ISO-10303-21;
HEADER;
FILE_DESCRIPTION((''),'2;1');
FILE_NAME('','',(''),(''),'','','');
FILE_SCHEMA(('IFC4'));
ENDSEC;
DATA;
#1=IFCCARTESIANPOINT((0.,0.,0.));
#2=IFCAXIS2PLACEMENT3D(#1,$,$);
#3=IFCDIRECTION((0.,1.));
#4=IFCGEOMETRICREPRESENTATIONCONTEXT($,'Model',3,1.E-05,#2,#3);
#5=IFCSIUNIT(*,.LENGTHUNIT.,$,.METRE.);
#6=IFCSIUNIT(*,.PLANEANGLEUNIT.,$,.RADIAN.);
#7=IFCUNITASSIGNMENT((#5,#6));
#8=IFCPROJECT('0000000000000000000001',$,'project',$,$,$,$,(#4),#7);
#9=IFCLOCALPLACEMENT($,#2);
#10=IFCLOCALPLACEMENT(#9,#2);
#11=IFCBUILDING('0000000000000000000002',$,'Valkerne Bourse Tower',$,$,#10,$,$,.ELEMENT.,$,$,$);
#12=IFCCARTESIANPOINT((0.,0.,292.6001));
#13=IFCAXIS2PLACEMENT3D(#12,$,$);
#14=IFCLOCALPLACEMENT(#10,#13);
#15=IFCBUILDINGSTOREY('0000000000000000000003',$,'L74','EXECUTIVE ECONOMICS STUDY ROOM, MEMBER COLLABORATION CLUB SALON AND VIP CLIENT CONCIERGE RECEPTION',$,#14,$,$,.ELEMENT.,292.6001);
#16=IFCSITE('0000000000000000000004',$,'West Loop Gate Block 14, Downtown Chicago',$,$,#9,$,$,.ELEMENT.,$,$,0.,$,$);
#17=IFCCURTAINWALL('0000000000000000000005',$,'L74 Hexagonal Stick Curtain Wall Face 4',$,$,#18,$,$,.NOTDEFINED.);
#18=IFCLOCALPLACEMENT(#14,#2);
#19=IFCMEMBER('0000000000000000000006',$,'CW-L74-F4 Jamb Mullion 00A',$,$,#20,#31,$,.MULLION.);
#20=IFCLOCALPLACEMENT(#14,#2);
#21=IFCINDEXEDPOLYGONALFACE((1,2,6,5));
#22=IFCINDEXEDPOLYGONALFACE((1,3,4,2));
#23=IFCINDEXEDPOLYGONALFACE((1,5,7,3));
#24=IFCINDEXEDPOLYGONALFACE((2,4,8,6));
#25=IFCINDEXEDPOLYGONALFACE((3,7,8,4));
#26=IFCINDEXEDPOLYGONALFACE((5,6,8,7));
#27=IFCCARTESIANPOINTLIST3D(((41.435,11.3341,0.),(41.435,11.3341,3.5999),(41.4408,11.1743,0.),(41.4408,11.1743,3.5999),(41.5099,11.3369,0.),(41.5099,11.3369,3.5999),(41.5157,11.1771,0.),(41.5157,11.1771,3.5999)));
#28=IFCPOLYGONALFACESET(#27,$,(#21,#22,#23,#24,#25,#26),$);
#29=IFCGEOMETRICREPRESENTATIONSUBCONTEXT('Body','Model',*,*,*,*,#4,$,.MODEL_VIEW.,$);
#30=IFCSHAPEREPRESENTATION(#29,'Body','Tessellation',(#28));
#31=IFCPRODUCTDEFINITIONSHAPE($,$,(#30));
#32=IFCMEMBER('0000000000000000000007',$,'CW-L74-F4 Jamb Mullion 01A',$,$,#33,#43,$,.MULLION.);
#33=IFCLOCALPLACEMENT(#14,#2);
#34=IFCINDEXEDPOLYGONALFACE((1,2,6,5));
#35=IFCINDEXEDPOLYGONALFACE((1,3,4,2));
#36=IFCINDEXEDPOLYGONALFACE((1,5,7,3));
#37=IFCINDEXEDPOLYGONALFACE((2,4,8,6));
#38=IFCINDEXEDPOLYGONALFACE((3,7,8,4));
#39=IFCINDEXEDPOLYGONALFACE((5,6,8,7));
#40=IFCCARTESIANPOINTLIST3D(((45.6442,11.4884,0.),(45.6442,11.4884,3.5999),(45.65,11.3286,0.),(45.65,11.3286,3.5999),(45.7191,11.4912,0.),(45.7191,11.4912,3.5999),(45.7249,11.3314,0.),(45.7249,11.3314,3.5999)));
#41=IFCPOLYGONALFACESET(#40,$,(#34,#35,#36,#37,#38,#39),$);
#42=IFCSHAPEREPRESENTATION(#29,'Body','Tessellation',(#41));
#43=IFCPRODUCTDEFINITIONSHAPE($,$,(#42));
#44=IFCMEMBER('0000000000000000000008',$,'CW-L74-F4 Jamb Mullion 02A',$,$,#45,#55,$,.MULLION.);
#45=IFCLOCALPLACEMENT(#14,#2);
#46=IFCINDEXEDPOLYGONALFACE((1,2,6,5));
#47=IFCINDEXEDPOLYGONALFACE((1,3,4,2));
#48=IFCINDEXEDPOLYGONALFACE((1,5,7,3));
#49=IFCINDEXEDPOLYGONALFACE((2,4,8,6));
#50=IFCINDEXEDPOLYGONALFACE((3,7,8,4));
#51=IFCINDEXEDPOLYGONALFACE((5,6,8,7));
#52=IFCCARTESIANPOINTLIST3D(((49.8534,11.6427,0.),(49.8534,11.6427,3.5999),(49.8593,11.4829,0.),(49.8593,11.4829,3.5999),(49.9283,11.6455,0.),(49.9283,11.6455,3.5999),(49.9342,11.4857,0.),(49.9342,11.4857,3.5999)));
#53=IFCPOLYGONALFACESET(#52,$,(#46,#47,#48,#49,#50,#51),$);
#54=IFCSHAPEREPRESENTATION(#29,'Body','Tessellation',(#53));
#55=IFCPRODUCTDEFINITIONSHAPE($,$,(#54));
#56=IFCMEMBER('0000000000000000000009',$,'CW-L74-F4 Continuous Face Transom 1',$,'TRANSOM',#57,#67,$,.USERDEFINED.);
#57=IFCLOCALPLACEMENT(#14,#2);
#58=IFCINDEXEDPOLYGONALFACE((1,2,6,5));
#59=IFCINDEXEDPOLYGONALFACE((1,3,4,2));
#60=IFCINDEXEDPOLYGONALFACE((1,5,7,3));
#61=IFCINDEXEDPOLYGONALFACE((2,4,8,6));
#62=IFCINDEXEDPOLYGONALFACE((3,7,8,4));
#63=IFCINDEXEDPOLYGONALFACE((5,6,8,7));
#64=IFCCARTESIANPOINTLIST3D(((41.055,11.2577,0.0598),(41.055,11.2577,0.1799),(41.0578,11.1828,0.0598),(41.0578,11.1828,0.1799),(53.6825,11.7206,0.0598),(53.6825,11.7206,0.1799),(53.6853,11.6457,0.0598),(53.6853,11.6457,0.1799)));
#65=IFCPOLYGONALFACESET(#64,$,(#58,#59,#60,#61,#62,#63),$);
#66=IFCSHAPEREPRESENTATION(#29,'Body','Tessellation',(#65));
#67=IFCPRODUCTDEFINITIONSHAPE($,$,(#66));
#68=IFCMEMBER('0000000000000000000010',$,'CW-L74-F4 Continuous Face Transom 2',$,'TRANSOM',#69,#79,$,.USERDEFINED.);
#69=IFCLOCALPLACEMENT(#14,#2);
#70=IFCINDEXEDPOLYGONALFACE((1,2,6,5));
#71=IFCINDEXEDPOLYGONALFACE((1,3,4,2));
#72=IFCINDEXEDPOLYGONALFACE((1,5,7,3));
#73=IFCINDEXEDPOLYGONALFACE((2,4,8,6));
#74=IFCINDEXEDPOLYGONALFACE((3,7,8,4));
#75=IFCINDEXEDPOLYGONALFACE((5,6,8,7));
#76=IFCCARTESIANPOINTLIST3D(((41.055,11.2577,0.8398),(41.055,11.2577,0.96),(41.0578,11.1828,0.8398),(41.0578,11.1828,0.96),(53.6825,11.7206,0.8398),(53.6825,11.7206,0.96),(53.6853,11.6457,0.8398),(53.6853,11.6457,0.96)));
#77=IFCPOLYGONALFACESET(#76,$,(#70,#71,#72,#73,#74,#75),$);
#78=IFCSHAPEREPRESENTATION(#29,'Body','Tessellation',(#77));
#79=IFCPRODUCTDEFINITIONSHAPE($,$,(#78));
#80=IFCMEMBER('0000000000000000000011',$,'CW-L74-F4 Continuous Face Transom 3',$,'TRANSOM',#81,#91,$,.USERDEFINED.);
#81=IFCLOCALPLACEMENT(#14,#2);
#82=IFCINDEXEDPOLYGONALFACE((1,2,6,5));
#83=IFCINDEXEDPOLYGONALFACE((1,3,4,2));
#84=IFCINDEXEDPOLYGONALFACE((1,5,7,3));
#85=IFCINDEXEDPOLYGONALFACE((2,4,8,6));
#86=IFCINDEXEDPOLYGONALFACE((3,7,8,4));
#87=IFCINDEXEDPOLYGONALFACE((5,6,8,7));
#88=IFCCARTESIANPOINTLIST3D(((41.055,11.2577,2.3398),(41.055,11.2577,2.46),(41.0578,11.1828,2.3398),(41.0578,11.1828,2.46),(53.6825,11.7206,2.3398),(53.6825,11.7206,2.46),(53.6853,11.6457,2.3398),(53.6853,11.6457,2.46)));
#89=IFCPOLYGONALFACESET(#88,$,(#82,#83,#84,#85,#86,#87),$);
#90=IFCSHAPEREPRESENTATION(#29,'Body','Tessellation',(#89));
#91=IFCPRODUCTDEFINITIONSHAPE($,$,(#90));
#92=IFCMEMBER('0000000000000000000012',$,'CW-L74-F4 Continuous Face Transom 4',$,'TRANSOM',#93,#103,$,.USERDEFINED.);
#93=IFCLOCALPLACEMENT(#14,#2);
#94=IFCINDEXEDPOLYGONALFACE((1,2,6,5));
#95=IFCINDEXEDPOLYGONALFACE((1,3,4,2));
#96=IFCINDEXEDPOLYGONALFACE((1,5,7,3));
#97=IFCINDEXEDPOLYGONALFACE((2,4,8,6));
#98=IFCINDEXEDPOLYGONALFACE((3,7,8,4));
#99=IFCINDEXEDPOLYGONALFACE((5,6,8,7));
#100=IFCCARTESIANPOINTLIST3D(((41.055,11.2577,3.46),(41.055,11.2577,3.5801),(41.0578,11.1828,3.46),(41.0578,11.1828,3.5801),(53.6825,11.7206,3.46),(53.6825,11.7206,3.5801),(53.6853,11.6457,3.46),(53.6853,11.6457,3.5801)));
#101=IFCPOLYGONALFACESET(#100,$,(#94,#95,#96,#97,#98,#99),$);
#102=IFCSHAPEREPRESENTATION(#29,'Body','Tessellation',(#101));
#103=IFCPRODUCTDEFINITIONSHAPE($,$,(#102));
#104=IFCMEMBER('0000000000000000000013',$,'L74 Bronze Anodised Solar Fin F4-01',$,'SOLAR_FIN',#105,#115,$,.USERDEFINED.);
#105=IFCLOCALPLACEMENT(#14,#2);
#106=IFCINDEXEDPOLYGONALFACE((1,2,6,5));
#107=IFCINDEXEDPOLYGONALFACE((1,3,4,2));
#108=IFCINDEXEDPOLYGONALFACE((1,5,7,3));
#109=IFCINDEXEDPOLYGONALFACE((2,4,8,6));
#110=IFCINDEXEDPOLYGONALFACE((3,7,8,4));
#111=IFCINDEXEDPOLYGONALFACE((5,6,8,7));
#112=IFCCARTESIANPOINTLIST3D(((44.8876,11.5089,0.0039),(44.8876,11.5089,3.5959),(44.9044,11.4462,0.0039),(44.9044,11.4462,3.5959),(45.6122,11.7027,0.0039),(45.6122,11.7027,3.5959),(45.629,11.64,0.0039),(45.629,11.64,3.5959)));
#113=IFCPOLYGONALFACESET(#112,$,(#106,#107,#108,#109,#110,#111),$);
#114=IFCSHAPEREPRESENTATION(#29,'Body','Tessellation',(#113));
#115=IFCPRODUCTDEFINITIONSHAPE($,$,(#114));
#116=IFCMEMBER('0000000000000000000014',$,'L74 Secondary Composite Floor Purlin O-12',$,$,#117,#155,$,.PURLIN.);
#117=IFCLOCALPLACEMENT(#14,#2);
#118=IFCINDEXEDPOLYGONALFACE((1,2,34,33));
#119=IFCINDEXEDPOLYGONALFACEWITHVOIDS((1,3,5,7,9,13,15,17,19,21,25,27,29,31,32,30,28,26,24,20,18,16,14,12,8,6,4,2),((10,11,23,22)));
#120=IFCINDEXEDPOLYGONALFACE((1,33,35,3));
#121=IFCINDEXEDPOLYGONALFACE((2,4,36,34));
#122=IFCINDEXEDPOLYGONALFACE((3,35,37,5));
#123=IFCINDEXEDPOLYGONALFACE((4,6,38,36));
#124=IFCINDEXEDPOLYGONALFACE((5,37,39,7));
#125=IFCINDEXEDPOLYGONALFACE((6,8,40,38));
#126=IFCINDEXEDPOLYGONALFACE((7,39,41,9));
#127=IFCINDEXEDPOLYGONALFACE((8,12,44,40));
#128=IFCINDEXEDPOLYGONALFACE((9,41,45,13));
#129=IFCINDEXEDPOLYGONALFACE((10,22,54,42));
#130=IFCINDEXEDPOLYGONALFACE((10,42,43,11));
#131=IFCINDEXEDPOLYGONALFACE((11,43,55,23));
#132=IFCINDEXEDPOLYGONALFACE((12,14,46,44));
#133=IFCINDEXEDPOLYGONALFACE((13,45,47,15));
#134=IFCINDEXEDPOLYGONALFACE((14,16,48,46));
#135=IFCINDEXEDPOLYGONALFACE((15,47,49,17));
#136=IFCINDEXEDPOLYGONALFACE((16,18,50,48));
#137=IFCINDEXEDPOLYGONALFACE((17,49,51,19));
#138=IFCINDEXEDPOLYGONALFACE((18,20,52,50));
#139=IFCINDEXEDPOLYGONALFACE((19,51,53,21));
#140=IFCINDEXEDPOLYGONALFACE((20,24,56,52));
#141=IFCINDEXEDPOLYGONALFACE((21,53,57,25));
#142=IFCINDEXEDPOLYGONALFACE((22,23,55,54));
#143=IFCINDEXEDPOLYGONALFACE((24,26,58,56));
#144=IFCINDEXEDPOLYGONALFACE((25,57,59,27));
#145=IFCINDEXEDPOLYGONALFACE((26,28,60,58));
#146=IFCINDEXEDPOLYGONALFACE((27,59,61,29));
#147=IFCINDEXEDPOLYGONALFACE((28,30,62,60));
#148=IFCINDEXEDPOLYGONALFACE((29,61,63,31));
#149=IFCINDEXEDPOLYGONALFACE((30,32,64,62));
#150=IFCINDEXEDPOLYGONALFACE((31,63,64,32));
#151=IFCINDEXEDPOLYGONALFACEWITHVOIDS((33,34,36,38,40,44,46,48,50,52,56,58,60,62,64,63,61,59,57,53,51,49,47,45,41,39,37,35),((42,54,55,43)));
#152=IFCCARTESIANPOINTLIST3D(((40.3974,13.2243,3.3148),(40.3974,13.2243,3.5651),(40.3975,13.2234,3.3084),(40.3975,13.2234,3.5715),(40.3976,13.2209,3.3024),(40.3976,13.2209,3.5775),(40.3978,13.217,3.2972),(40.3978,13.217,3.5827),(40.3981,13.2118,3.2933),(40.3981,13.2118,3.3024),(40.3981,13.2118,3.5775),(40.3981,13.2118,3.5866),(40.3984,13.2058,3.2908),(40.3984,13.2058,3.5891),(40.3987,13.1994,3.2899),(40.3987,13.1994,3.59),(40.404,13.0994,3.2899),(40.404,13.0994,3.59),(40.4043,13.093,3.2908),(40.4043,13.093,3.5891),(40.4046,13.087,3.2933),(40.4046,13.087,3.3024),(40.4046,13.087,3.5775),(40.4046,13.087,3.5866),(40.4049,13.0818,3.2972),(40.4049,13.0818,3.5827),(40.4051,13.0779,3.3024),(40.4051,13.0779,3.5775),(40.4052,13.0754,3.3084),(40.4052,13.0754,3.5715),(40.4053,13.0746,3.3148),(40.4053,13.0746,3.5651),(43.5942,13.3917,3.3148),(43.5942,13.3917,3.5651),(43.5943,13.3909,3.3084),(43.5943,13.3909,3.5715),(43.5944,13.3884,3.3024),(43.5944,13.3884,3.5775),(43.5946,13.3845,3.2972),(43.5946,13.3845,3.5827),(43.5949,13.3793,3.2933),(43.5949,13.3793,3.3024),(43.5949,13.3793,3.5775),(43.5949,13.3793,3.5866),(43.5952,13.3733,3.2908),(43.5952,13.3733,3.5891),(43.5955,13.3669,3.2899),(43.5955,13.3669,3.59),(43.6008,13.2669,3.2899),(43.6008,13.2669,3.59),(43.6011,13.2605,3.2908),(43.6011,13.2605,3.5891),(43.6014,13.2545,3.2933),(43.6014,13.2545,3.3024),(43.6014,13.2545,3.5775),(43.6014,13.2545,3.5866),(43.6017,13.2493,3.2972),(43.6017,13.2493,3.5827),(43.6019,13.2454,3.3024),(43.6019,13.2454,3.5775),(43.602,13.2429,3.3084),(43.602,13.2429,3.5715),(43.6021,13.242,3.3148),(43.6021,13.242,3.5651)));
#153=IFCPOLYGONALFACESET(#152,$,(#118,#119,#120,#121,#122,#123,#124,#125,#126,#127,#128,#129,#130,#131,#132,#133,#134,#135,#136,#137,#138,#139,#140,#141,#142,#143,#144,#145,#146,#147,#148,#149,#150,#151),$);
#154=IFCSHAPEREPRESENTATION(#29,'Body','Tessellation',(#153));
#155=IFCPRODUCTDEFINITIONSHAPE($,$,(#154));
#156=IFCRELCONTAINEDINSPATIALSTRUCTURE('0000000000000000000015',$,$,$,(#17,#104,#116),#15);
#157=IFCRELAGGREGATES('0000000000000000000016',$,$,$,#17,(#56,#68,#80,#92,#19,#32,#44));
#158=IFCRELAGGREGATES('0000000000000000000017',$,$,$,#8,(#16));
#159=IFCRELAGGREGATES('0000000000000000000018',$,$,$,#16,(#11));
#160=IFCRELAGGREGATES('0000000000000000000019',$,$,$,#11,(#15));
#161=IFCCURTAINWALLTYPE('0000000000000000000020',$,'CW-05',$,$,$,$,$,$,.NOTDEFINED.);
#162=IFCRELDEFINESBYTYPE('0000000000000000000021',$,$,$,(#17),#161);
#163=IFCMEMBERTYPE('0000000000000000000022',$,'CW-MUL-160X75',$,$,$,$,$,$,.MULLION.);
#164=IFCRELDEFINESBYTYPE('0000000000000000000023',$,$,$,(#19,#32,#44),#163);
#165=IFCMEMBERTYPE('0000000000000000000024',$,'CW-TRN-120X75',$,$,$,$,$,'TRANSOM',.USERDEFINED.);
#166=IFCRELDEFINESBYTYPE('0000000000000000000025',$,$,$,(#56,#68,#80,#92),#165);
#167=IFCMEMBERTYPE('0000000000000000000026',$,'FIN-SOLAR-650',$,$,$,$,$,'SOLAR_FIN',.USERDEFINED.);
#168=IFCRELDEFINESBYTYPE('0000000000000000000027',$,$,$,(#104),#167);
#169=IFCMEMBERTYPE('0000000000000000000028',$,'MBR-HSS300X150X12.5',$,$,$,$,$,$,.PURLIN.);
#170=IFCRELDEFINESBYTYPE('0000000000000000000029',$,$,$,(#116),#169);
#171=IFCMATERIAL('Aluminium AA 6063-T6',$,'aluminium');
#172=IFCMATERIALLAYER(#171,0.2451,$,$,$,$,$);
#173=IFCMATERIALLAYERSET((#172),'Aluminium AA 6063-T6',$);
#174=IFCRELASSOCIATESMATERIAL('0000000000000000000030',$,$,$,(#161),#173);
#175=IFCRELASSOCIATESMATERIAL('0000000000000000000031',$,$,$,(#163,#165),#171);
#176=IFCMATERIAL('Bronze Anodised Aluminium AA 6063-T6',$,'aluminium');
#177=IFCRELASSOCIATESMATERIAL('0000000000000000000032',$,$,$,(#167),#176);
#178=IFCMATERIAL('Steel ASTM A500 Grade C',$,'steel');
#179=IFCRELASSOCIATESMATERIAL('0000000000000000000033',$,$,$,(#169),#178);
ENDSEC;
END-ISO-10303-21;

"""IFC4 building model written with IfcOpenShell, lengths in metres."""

from ifc_helpers import new_model, si_unit, direction, frame, origin, origin_2d, place, context, subcontext, project, spatial, rectangle, hollow_rectangle, extrude, material, layer, layer_set, material_profile, profile_set, type_object, element, aggregate, save


model = new_model("IFC4")

# Units and contexts
model_context = context("Model", 3, precision=1e-05, world=origin(), true_north=direction((0.0, 1.0)))
body_context = subcontext(model_context, "Body", "Model", "MODEL_VIEW")
ifc_project = project(units=[si_unit("LENGTHUNIT", "METRE"), si_unit("PLANEANGLEUNIT", "RADIAN")], contexts=[model_context])

# Site, building, storey
site_placement = place(None, origin())
site = spatial("IfcSite", under=ifc_project, at=site_placement, Name="West Loop Gate Block 14, Downtown Chicago", CompositionType="ELEMENT", RefElevation=0.0)
building_placement = place(site_placement, origin())
building = spatial("IfcBuilding", under=site, at=building_placement, Name="Valkerne Bourse Tower", CompositionType="ELEMENT")
storey_placement = place(building_placement, frame((0.0, 0.0, 292.6001)))
storey = spatial("IfcBuildingStorey", under=building, at=storey_placement, Name="L74", Description="EXECUTIVE ECONOMICS STUDY ROOM, MEMBER COLLABORATION CLUB SALON AND VIP CLIENT CONCIERGE RECEPTION", CompositionType="ELEMENT", Elevation=292.6001)

# Curtain wall, members
ifc_material_1 = material(Name="Aluminium AA 6063-T6", Category="aluminium")
ifc_layer_1 = layer(ifc_material_1, 0.2451)
ifc_layer_set_1 = layer_set([ifc_layer_1], Name="Aluminium AA 6063-T6")
curtain_wall_type = type_object("IfcCurtainWallType", Name="CW-05", PredefinedType="NOTDEFINED", material=ifc_layer_set_1)
curtain_wall_placement = place(storey_placement, origin())
curtain_wall = element("IfcCurtainWall", 1, at=curtain_wall_placement, inside=storey, type_object=curtain_wall_type, Name="L74 Hexagonal Stick Curtain Wall Face 4", PredefinedType="NOTDEFINED")
ifc_material_profile_1 = material_profile(ifc_material_1, rectangle(XDim=0.075, YDim=0.1599, at=origin_2d()), Name="CWM-75X160")
ifc_profile_set_1 = profile_set([ifc_material_profile_1], Name="Aluminium AA 6063-T6")
member_type_1 = type_object("IfcMemberType", Name="CW-MUL-160X75", PredefinedType="MULLION", material=ifc_profile_set_1)
member_1_placement = place(storey_placement, frame((41.4753, 11.2556, 0.0), z_axis=(0.0, 0.0, 1.0), x_axis=(0.999328, 0.036657, 0.0)))
member_1 = element("IfcMember", 2, at=member_1_placement, type_object=member_type_1, Name="CW-L74-F4 Jamb Mullion 00A", PredefinedType="MULLION", context=body_context, shape_type="SweptSolid", body=[
    extrude(rectangle(XDim=0.075, YDim=0.1599, at=origin_2d()), origin(), (0.0, 0.0, 1.0), 3.5999),
])
member_2_placement = place(storey_placement, frame((45.6846, 11.4099, 0.0), z_axis=(0.0, 0.0, 1.0), x_axis=(0.999329, 0.036634, 0.0)))
member_2 = element("IfcMember", 3, at=member_2_placement, type_object=member_type_1, Name="CW-L74-F4 Jamb Mullion 01A", PredefinedType="MULLION", context=body_context, shape_type="SweptSolid", body=[
    extrude(rectangle(XDim=0.075, YDim=0.1599, at=origin_2d()), origin(), (0.0, 0.0, 1.0), 3.5999),
])
member_3_placement = place(storey_placement, frame((49.8938, 11.5642, 0.0), z_axis=(0.0, 0.0, 1.0), x_axis=(0.999328, 0.036657, 0.0)))
member_3 = element("IfcMember", 4, at=member_3_placement, type_object=member_type_1, Name="CW-L74-F4 Jamb Mullion 02A", PredefinedType="MULLION", context=body_context, shape_type="SweptSolid", body=[
    extrude(rectangle(XDim=0.075, YDim=0.1599, at=origin_2d()), origin(), (0.0, 0.0, 1.0), 3.5999),
])
ifc_material_profile_2 = material_profile(ifc_material_1, rectangle(XDim=0.075, YDim=0.1201, at=origin_2d()), Name="CWT-75X120")
ifc_profile_set_2 = profile_set([ifc_material_profile_2], Name="Aluminium AA 6063-T6")
member_type_2 = type_object("IfcMemberType", Name="CW-TRN-120X75", ElementType="TRANSOM", PredefinedType="USERDEFINED", material=ifc_profile_set_2)
member_4_placement = place(storey_placement, frame((41.0564, 11.2202, 0.1199), z_axis=(0.999329, 0.036633, 0.0), x_axis=(-0.036633, 0.999329, 0.0)))
member_4 = element("IfcMember", 5, at=member_4_placement, type_object=member_type_2, Name="CW-L74-F4 Continuous Face Transom 1", ObjectType="TRANSOM", PredefinedType="USERDEFINED", context=body_context, shape_type="SweptSolid", body=[
    extrude(rectangle(XDim=0.075, YDim=0.1201, at=origin_2d()), origin(), (0.0, 0.0, 1.0), 12.636),
])
member_5_placement = place(storey_placement, frame((41.0564, 11.2202, 0.8999), z_axis=(0.999329, 0.036633, 0.0), x_axis=(-0.036633, 0.999329, 0.0)))
member_5 = element("IfcMember", 6, at=member_5_placement, type_object=member_type_2, Name="CW-L74-F4 Continuous Face Transom 2", ObjectType="TRANSOM", PredefinedType="USERDEFINED", context=body_context, shape_type="SweptSolid", body=[
    extrude(rectangle(XDim=0.075, YDim=0.1201, at=origin_2d()), origin(), (0.0, 0.0, 1.0), 12.636),
])
member_6_placement = place(storey_placement, frame((41.0564, 11.2202, 2.3999), z_axis=(0.999329, 0.036633, 0.0), x_axis=(-0.036633, 0.999329, 0.0)))
member_6 = element("IfcMember", 7, at=member_6_placement, type_object=member_type_2, Name="CW-L74-F4 Continuous Face Transom 3", ObjectType="TRANSOM", PredefinedType="USERDEFINED", context=body_context, shape_type="SweptSolid", body=[
    extrude(rectangle(XDim=0.075, YDim=0.1201, at=origin_2d()), origin(), (0.0, 0.0, 1.0), 12.636),
])
member_7_placement = place(storey_placement, frame((41.0564, 11.2202, 3.52), z_axis=(0.999329, 0.036633, 0.0), x_axis=(-0.036633, 0.999329, 0.0)))
member_7 = element("IfcMember", 8, at=member_7_placement, type_object=member_type_2, Name="CW-L74-F4 Continuous Face Transom 4", ObjectType="TRANSOM", PredefinedType="USERDEFINED", context=body_context, shape_type="SweptSolid", body=[
    extrude(rectangle(XDim=0.075, YDim=0.1201, at=origin_2d()), origin(), (0.0, 0.0, 1.0), 12.636),
])

# Members
ifc_material_2 = material(Name="Bronze Anodised Aluminium AA 6063-T6", Category="aluminium")
ifc_material_profile_3 = material_profile(ifc_material_2, rectangle(XDim=0.0649, YDim=0.75, at=origin_2d()), Name="FIN-65X750")
ifc_profile_set_3 = profile_set([ifc_material_profile_3], Name="Bronze Anodised Aluminium AA 6063-T6")
member_type_3 = type_object("IfcMemberType", Name="FIN-SOLAR-650", ElementType="SOLAR_FIN", PredefinedType="USERDEFINED", material=ifc_profile_set_3)
member_8_placement = place(storey_placement, frame((45.2583, 11.5745, 0.0039), z_axis=(0.0, 0.0, 1.0), x_axis=(0.258431, -0.96603, 0.0)))
element("IfcMember", 9, at=member_8_placement, inside=storey, type_object=member_type_3, Name="L74 Bronze Anodised Solar Fin F4-01", ObjectType="SOLAR_FIN", PredefinedType="USERDEFINED", context=body_context, shape_type="SweptSolid", body=[
    extrude(rectangle(XDim=0.0649, YDim=0.75, at=origin_2d()), origin(), (0.0, 0.0, 1.0), 3.592),
])
ifc_material_3 = material(Name="Steel ASTM A500 Grade C", Category="steel")
ifc_material_profile_4 = material_profile(ifc_material_3, hollow_rectangle(XDim=0.1499, YDim=0.3, WallThickness=0.0125, OuterFilletRadius=0.0249, at=origin_2d()), Name="HSS300X150X12.5")
ifc_profile_set_4 = profile_set([ifc_material_profile_4], Name="Steel ASTM A500 Grade C")
member_type_4 = type_object("IfcMemberType", Name="MBR-HSS300X150X12.5", PredefinedType="PURLIN", material=ifc_profile_set_4)
member_9_placement = place(storey_placement, frame((40.4014, 13.1494, 3.4399), z_axis=(0.99863, 0.052319, 0.0), x_axis=(-0.052319, 0.99863, 0.0)))
element("IfcMember", 10, at=member_9_placement, inside=storey, type_object=member_type_4, Name="L74 Secondary Composite Floor Purlin O-12", PredefinedType="PURLIN", context=body_context, shape_type="SweptSolid", body=[
    extrude(hollow_rectangle(XDim=0.1499, YDim=0.3, WallThickness=0.0125, OuterFilletRadius=0.0249, at=origin_2d()), origin(), (0.0, 0.0, 1.0), 3.2012),
])

aggregate(curtain_wall, [member_4, member_5, member_6, member_7, member_1, member_2, member_3])

save(model, "model.ifc")
